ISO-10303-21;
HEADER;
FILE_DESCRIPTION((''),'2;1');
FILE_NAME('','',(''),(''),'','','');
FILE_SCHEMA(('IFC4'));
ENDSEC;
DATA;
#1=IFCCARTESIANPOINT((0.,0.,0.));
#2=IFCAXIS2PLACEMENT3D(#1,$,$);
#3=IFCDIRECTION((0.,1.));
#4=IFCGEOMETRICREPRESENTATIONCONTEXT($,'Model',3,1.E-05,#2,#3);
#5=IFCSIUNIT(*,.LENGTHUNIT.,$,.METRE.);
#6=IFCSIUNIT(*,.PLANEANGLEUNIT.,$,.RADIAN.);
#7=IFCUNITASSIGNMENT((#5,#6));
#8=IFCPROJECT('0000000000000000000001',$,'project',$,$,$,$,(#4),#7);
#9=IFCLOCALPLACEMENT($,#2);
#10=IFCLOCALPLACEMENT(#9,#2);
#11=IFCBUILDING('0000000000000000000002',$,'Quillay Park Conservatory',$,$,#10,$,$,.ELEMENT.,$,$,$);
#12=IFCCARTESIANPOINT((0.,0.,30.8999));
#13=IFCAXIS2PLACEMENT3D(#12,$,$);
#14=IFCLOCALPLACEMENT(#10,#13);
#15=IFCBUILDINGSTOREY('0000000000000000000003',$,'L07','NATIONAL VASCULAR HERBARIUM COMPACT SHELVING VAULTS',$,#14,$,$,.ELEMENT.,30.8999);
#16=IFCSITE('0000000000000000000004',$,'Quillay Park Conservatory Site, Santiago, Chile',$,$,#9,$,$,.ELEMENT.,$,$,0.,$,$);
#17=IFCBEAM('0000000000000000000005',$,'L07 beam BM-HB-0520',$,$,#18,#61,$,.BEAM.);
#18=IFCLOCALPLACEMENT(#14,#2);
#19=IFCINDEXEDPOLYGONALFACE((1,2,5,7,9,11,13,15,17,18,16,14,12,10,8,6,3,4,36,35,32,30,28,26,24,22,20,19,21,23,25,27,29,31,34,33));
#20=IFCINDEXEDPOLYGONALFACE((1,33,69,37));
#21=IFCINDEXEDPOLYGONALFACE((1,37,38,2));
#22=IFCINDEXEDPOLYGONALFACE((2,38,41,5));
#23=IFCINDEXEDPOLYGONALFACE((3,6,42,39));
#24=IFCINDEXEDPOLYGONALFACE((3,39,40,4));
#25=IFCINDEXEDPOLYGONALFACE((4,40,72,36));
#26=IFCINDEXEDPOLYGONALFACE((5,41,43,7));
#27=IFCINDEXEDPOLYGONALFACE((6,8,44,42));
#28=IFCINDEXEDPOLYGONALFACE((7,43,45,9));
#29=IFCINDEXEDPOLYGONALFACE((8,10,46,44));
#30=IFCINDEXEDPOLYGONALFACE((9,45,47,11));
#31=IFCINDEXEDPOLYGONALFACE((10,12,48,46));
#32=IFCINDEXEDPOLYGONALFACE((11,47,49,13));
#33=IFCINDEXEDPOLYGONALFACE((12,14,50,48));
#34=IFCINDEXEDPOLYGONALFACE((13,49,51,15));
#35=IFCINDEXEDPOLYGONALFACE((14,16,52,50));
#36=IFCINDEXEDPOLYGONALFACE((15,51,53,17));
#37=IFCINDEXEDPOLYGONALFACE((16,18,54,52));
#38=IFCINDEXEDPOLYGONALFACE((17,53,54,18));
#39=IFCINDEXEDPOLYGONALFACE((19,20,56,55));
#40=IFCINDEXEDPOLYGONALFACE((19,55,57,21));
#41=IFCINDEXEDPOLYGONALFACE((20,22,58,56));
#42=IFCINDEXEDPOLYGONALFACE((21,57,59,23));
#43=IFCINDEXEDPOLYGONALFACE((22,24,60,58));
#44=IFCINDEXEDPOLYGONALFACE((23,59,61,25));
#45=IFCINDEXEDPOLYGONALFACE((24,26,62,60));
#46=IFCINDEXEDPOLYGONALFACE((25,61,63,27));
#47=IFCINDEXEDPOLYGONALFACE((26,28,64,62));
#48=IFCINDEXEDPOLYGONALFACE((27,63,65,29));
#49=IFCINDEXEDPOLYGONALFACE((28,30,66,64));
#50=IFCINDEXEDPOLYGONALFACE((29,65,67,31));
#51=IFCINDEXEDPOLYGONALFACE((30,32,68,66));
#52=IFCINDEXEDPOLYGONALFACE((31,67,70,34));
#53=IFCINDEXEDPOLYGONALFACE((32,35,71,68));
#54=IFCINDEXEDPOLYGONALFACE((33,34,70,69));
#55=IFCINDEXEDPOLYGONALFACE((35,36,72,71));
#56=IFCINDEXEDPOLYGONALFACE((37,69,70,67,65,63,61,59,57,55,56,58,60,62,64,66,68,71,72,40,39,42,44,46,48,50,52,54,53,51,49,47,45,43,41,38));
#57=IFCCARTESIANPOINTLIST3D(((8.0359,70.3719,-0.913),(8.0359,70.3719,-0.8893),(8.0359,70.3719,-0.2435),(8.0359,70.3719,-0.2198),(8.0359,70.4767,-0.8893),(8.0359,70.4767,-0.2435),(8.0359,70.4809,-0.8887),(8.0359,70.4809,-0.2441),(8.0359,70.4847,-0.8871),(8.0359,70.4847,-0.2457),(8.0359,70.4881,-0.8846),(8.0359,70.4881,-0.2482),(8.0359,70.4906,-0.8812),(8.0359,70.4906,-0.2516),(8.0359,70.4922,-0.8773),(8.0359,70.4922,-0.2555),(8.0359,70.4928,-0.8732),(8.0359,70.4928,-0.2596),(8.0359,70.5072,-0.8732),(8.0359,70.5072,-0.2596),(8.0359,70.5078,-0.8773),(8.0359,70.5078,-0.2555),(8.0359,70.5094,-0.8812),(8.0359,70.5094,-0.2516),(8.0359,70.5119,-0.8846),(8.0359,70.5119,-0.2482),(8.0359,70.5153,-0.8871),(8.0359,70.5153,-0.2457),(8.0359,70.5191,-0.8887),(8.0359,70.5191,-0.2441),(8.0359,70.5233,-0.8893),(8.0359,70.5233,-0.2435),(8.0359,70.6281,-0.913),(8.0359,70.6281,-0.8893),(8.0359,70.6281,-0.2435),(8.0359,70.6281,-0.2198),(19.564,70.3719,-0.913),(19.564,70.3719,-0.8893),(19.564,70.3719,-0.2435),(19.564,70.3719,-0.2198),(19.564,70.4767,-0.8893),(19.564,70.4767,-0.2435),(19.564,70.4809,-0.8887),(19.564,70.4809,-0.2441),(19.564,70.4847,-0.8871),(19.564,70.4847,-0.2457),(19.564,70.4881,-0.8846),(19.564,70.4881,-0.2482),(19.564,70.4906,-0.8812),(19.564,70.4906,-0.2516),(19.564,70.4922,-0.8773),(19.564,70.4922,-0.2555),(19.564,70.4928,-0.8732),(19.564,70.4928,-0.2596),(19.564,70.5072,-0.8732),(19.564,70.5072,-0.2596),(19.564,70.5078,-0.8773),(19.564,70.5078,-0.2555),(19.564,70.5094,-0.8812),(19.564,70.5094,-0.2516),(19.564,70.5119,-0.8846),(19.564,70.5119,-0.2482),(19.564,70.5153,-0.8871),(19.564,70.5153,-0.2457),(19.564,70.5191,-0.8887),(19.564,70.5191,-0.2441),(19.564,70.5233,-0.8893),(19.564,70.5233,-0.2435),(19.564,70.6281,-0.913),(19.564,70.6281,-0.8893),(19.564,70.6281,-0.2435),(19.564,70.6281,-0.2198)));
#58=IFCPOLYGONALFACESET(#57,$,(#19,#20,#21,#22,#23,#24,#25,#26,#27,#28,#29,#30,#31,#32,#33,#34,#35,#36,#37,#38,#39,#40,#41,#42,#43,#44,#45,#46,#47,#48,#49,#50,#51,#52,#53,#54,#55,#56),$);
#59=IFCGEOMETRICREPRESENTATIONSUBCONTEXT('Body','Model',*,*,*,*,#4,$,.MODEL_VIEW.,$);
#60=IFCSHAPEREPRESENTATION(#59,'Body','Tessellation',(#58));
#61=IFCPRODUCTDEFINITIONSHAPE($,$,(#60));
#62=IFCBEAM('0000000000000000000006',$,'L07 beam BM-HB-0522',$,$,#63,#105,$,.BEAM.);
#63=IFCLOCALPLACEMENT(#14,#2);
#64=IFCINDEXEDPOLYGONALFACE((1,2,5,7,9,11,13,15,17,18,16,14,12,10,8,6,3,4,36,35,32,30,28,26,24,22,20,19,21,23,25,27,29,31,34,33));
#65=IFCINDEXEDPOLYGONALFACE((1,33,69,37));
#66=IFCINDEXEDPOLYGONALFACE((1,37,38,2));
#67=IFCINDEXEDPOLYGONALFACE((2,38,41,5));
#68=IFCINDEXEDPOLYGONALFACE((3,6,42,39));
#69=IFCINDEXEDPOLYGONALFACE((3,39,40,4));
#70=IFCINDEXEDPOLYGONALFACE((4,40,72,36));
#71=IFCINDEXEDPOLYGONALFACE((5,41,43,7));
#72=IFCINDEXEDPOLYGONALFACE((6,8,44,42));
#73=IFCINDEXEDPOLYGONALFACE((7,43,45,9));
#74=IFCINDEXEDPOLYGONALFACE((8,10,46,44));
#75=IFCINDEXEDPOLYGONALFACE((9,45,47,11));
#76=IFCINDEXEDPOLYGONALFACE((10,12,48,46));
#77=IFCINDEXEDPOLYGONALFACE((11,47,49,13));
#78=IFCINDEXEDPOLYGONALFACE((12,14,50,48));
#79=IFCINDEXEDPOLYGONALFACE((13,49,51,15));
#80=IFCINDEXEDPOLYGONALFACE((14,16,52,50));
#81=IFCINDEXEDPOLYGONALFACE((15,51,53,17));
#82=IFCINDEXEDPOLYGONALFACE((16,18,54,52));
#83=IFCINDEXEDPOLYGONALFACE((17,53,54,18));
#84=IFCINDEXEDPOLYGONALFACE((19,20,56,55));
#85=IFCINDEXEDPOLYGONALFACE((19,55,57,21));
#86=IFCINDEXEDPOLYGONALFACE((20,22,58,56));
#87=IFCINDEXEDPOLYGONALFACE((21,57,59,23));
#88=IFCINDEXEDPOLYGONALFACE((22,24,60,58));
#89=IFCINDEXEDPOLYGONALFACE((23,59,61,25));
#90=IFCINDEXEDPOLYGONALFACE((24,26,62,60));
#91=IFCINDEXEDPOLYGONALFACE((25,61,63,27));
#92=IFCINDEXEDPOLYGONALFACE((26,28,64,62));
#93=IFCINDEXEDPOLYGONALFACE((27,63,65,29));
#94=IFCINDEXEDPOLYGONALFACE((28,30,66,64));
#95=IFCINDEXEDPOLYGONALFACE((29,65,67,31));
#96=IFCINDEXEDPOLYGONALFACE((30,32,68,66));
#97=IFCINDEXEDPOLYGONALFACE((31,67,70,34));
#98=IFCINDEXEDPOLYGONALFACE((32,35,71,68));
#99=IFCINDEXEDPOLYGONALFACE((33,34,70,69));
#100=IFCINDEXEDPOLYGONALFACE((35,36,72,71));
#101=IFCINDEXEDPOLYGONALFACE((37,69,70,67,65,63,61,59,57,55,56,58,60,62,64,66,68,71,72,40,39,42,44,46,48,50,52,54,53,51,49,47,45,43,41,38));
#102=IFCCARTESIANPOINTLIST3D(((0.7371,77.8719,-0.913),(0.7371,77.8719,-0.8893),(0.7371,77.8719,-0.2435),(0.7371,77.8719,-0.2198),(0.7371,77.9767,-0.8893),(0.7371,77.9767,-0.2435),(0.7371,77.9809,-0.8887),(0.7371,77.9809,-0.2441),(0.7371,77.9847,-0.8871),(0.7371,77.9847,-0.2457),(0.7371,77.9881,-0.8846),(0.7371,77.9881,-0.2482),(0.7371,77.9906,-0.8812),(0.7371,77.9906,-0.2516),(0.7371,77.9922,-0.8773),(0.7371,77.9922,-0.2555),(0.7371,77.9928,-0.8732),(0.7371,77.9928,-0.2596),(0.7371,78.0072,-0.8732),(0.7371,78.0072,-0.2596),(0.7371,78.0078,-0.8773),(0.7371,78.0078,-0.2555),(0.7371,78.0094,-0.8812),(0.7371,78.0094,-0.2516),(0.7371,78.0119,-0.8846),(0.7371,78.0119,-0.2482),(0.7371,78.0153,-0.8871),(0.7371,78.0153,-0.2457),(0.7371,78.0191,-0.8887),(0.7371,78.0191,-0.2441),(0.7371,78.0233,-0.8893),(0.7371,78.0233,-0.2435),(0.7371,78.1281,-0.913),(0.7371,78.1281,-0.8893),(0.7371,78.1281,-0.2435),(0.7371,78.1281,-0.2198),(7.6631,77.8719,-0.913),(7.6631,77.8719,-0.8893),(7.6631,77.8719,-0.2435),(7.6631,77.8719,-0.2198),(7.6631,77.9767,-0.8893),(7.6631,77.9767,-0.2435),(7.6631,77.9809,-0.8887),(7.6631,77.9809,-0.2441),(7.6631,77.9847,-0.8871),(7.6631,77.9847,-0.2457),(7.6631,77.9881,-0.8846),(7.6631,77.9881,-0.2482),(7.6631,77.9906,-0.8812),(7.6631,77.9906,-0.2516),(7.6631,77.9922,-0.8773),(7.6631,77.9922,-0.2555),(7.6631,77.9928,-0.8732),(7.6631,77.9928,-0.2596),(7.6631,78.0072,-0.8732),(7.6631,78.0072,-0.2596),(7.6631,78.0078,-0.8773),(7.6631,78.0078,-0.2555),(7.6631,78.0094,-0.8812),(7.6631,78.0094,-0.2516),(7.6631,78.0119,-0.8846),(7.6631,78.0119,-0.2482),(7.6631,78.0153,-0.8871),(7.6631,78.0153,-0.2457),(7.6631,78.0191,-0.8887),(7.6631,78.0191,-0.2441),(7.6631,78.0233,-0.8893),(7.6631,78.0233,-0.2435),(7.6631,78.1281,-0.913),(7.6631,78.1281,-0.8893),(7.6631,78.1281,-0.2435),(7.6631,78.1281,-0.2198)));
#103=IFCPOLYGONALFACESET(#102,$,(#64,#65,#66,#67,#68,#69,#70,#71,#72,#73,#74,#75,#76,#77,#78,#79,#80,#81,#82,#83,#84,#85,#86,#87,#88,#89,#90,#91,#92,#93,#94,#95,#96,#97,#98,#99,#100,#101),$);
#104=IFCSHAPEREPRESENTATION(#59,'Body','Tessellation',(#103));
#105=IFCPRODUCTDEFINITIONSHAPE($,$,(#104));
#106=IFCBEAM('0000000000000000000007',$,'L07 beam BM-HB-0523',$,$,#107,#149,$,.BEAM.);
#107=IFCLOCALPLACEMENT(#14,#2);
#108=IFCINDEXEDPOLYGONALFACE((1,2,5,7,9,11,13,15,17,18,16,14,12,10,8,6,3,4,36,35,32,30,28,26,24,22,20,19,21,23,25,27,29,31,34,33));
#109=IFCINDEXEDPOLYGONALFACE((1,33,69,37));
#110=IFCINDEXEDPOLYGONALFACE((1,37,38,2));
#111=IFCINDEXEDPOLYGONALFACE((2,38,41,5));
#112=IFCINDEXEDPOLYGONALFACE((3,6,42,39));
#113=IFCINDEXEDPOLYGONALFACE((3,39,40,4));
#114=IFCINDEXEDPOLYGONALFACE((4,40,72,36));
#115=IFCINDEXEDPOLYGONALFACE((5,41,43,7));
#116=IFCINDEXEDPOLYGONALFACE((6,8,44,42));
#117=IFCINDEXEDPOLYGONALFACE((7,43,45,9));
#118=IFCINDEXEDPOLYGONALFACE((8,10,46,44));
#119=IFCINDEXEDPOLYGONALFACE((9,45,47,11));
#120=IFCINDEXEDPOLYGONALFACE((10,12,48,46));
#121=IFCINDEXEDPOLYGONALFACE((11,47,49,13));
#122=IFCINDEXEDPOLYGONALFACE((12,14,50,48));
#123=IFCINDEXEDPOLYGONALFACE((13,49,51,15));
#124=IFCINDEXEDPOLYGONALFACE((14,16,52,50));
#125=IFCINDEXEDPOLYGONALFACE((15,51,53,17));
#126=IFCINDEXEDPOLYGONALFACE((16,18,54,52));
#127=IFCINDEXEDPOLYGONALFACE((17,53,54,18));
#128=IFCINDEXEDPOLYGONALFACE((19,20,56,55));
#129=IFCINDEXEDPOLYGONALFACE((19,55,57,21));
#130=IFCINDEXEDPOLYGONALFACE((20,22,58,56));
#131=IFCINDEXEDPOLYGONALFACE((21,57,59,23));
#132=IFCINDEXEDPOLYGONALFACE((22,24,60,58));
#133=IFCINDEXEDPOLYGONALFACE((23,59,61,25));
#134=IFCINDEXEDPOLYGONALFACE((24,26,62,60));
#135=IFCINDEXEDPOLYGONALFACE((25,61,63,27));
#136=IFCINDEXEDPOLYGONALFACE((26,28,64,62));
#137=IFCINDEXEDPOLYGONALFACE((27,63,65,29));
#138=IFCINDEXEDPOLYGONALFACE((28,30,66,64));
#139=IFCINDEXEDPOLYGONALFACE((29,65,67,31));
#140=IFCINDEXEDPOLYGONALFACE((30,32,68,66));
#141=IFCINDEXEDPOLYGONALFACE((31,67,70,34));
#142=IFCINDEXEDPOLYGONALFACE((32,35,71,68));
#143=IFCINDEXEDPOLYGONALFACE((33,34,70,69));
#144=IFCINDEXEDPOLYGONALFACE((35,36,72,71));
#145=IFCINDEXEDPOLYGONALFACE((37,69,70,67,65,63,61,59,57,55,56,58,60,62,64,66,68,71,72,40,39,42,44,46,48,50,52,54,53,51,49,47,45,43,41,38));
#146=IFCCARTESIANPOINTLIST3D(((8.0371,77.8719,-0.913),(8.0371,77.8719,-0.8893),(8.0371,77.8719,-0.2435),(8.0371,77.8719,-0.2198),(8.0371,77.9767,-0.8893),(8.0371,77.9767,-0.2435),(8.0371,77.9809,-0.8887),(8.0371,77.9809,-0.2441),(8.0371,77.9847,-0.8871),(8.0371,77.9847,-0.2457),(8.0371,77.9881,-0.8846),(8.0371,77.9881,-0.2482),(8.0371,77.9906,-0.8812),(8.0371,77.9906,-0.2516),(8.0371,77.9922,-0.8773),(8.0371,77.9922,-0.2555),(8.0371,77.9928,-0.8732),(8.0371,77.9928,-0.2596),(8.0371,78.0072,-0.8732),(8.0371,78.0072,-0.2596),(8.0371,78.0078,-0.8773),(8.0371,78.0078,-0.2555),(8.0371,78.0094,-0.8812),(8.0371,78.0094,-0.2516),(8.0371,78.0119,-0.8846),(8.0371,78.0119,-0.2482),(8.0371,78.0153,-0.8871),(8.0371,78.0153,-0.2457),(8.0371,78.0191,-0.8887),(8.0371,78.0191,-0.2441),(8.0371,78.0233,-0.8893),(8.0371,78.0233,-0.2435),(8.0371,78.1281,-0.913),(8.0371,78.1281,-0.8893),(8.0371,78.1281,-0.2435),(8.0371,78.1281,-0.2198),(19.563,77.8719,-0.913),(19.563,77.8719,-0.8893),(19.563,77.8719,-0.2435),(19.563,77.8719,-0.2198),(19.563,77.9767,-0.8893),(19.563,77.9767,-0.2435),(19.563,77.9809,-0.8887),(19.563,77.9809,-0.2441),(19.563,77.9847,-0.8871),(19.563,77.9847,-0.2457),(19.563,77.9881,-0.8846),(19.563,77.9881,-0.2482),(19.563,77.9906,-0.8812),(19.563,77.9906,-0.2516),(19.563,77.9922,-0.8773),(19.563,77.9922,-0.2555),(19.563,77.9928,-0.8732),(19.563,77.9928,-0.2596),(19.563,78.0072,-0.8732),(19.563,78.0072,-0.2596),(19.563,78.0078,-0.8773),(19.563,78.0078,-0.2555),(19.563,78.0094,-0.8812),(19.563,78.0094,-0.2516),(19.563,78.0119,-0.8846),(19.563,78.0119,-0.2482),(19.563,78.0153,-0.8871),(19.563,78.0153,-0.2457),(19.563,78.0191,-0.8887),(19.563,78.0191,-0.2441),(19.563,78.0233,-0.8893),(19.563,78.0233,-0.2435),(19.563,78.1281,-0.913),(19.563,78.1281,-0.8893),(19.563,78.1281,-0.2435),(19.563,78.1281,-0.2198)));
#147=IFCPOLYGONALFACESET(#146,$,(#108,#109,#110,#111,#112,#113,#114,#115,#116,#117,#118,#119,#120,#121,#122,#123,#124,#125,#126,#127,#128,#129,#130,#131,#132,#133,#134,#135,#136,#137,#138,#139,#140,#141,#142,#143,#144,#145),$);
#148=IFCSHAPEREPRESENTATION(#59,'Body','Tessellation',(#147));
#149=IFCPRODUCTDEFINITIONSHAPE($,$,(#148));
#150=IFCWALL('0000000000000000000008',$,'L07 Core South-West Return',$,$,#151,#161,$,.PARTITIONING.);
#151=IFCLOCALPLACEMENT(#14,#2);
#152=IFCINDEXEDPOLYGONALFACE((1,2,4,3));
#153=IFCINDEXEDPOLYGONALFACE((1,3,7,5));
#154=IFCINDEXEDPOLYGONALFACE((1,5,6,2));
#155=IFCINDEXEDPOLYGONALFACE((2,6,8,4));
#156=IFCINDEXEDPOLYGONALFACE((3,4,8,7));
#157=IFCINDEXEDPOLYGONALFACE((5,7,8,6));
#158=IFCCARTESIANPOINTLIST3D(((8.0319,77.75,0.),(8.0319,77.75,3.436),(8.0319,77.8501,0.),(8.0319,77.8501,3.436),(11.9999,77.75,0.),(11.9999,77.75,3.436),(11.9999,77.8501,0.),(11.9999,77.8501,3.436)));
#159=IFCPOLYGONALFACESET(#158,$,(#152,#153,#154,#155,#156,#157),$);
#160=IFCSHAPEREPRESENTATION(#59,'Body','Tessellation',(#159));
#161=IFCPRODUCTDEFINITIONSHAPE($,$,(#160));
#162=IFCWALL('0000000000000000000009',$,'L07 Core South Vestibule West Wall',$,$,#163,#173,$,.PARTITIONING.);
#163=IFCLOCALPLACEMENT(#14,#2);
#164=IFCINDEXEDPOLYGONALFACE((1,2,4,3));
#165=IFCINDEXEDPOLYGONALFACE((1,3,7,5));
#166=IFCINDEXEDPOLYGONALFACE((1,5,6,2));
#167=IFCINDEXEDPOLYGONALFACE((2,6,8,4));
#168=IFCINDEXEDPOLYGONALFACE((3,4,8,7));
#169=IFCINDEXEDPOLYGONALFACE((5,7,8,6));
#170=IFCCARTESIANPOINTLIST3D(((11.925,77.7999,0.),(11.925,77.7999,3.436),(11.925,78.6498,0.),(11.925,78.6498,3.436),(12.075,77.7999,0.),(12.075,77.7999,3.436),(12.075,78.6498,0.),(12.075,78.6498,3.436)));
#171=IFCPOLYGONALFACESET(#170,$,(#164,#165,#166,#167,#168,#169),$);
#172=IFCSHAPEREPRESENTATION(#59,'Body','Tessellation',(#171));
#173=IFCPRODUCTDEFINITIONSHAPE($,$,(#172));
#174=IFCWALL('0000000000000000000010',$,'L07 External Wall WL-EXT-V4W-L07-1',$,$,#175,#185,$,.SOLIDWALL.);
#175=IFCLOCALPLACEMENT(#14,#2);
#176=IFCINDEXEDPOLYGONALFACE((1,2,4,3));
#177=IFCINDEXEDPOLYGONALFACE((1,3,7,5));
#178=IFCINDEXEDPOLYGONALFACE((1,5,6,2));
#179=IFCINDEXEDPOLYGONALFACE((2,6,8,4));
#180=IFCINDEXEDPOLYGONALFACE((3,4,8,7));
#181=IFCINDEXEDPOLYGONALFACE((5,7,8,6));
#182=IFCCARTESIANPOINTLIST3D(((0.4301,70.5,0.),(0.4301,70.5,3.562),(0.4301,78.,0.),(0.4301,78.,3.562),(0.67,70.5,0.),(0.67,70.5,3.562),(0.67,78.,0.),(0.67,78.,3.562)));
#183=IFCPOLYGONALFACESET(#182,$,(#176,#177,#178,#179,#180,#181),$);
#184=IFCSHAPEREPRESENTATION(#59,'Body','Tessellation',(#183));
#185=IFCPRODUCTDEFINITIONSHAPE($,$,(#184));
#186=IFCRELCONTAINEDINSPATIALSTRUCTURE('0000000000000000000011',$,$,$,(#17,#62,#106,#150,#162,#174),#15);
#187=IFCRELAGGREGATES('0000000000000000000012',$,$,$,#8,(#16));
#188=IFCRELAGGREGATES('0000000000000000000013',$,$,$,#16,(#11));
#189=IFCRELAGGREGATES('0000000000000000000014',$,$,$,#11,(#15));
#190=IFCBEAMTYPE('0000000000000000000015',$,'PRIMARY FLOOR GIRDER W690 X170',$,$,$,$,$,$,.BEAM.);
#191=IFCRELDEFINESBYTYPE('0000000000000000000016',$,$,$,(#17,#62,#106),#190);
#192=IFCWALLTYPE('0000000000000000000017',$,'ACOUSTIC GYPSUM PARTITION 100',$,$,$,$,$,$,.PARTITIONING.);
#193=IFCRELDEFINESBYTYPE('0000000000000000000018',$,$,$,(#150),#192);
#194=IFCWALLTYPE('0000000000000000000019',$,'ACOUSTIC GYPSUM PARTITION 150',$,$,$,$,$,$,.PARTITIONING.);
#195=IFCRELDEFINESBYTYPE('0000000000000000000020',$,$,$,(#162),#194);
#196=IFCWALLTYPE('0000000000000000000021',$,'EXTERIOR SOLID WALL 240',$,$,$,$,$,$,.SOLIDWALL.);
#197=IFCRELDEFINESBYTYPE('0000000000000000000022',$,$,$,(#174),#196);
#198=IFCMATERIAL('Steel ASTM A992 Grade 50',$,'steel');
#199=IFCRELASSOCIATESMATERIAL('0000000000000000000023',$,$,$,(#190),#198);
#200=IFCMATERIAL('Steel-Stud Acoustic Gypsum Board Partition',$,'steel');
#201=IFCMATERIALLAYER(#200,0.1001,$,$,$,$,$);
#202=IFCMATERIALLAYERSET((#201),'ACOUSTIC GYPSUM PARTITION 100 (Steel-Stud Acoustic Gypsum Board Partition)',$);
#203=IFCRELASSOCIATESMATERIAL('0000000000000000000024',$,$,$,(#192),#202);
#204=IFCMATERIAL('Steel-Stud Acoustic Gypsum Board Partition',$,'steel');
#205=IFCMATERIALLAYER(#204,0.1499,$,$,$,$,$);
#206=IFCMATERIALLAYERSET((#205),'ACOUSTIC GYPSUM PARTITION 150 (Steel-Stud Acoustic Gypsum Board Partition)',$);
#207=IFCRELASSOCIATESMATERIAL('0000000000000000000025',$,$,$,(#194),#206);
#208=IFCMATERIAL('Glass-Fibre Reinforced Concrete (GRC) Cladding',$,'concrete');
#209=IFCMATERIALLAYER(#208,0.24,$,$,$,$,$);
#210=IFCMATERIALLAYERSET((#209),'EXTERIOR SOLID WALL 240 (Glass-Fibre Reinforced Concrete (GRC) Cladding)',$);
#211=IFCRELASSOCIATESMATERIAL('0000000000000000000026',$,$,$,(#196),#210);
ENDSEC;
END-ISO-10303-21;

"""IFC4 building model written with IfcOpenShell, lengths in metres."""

from ifc_helpers import new_model, si_unit, direction, frame, frame_2d, origin, origin_2d, place, context, subcontext, project, spatial, rectangle, i_section, extrude, material, layer, layer_set, material_profile, profile_set, type_object, element, save


model = new_model("IFC4")

# Units and contexts
model_context = context("Model", 3, precision=1e-05, world=origin(), true_north=direction((0.0, 1.0)))
body_context = subcontext(model_context, "Body", "Model", "MODEL_VIEW")
ifc_project = project(units=[si_unit("LENGTHUNIT", "METRE"), si_unit("PLANEANGLEUNIT", "RADIAN")], contexts=[model_context])

# Site, building, storey
site_placement = place(None, origin())
site = spatial("IfcSite", under=ifc_project, at=site_placement, Name="Quillay Park Conservatory Site, Santiago, Chile", CompositionType="ELEMENT", RefElevation=0.0)
building_placement = place(site_placement, origin())
building = spatial("IfcBuilding", under=site, at=building_placement, Name="Quillay Park Conservatory", CompositionType="ELEMENT")
storey_placement = place(building_placement, frame((0.0, 0.0, 30.8999)))
storey = spatial("IfcBuildingStorey", under=building, at=storey_placement, Name="L07", Description="NATIONAL VASCULAR HERBARIUM COMPACT SHELVING VAULTS", CompositionType="ELEMENT", Elevation=30.8999)

# Beams
ifc_material_1 = material(Name="Steel ASTM A992 Grade 50", Category="steel")
ifc_material_profile_1 = material_profile(ifc_material_1, i_section(OverallWidth=0.2561, OverallDepth=0.6931, WebThickness=0.0144, FlangeThickness=0.0237, FilletRadius=0.0161, at=origin_2d()), Name="W690x170")
ifc_profile_set_1 = profile_set([ifc_material_profile_1], Name="Steel ASTM A992 Grade 50")
beam_type_1 = type_object("IfcBeamType", Name="PRIMARY FLOOR GIRDER W690 X170", PredefinedType="BEAM", material=ifc_profile_set_1)
beam_1_placement = place(storey_placement, frame((8.0359, 70.5, -0.5664), z_axis=(1.0, 0.0, 0.0), x_axis=(0.0, 1.0, 0.0)))
element("IfcBeam", 1, at=beam_1_placement, inside=storey, type_object=beam_type_1, Name="L07 beam BM-HB-0520", PredefinedType="BEAM", context=body_context, shape_type="SweptSolid", body=[
    extrude(i_section(OverallWidth=0.2561, OverallDepth=0.6931, WebThickness=0.0144, FlangeThickness=0.0237, FilletRadius=0.0161, at=origin_2d()), origin(), (0.0, 0.0, 1.0), 11.5281),
])
beam_2_placement = place(storey_placement, frame((0.7371, 78.0, -0.5664), z_axis=(1.0, 0.0, 0.0), x_axis=(0.0, 1.0, 0.0)))
element("IfcBeam", 2, at=beam_2_placement, inside=storey, type_object=beam_type_1, Name="L07 beam BM-HB-0522", PredefinedType="BEAM", context=body_context, shape_type="SweptSolid", body=[
    extrude(i_section(OverallWidth=0.2561, OverallDepth=0.6931, WebThickness=0.0144, FlangeThickness=0.0237, FilletRadius=0.0161, at=origin_2d()), origin(), (0.0, 0.0, 1.0), 6.926),
])
beam_3_placement = place(storey_placement, frame((8.0371, 78.0, -0.5664), z_axis=(1.0, 0.0, 0.0), x_axis=(0.0, 1.0, 0.0)))
element("IfcBeam", 3, at=beam_3_placement, inside=storey, type_object=beam_type_1, Name="L07 beam BM-HB-0523", PredefinedType="BEAM", context=body_context, shape_type="SweptSolid", body=[
    extrude(i_section(OverallWidth=0.2561, OverallDepth=0.6931, WebThickness=0.0144, FlangeThickness=0.0237, FilletRadius=0.0161, at=origin_2d()), origin(), (0.0, 0.0, 1.0), 11.5259),
])

# Walls
ifc_material_2 = material(Name="Steel-Stud Acoustic Gypsum Board Partition", Category="steel")
ifc_layer_1 = layer(ifc_material_2, 0.1001)
ifc_layer_set_1 = layer_set([ifc_layer_1], Name="ACOUSTIC GYPSUM PARTITION 100 (Steel-Stud Acoustic Gypsum Board Partition)")
wall_type_1 = type_object("IfcWallType", Name="ACOUSTIC GYPSUM PARTITION 100", PredefinedType="PARTITIONING", material=ifc_layer_set_1)
wall_1_placement = place(storey_placement, frame((8.032, 77.8, 0.0), z_axis=(0.0, 0.0, 1.0), x_axis=(1.0, 0.0, 0.0)))
element("IfcWall", 4, at=wall_1_placement, inside=storey, type_object=wall_type_1, Name="L07 Core South-West Return", PredefinedType="PARTITIONING", context=body_context, shape_type="SweptSolid", body=[
    extrude(rectangle(XDim=3.968, YDim=0.1001, at=frame_2d((1.9839, 0.0))), origin(), (0.0, 0.0, 1.0), 3.436),
])
ifc_material_3 = material(Name="Steel-Stud Acoustic Gypsum Board Partition", Category="steel")
ifc_layer_2 = layer(ifc_material_3, 0.1499)
ifc_layer_set_2 = layer_set([ifc_layer_2], Name="ACOUSTIC GYPSUM PARTITION 150 (Steel-Stud Acoustic Gypsum Board Partition)")
wall_type_2 = type_object("IfcWallType", Name="ACOUSTIC GYPSUM PARTITION 150", PredefinedType="PARTITIONING", material=ifc_layer_set_2)
wall_2_placement = place(storey_placement, frame((12.0, 77.8, 0.0), z_axis=(0.0, 0.0, 1.0), x_axis=(0.0, 1.0, 0.0)))
element("IfcWall", 5, at=wall_2_placement, inside=storey, type_object=wall_type_2, Name="L07 Core South Vestibule West Wall", PredefinedType="PARTITIONING", context=body_context, shape_type="SweptSolid", body=[
    extrude(rectangle(XDim=0.8499, YDim=0.1499, at=frame_2d((0.4248, 0.0))), origin(), (0.0, 0.0, 1.0), 3.436),
])
ifc_material_4 = material(Name="Glass-Fibre Reinforced Concrete (GRC) Cladding", Category="concrete")
ifc_layer_3 = layer(ifc_material_4, 0.24)
ifc_layer_set_3 = layer_set([ifc_layer_3], Name="EXTERIOR SOLID WALL 240 (Glass-Fibre Reinforced Concrete (GRC) Cladding)")
wall_type_3 = type_object("IfcWallType", Name="EXTERIOR SOLID WALL 240", PredefinedType="SOLIDWALL", material=ifc_layer_set_3)
wall_3_placement = place(storey_placement, frame((0.55, 70.5, 0.0), z_axis=(0.0, 0.0, 1.0), x_axis=(0.0, 1.0, 0.0)))
element("IfcWall", 6, at=wall_3_placement, inside=storey, type_object=wall_type_3, Name="L07 External Wall WL-EXT-V4W-L07-1", PredefinedType="SOLIDWALL", context=body_context, shape_type="SweptSolid", body=[
    extrude(rectangle(XDim=7.5, YDim=0.24, at=frame_2d((3.75, 0.0))), origin(), (0.0, 0.0, 1.0), 3.562),
])

save(model, "model.ifc")
